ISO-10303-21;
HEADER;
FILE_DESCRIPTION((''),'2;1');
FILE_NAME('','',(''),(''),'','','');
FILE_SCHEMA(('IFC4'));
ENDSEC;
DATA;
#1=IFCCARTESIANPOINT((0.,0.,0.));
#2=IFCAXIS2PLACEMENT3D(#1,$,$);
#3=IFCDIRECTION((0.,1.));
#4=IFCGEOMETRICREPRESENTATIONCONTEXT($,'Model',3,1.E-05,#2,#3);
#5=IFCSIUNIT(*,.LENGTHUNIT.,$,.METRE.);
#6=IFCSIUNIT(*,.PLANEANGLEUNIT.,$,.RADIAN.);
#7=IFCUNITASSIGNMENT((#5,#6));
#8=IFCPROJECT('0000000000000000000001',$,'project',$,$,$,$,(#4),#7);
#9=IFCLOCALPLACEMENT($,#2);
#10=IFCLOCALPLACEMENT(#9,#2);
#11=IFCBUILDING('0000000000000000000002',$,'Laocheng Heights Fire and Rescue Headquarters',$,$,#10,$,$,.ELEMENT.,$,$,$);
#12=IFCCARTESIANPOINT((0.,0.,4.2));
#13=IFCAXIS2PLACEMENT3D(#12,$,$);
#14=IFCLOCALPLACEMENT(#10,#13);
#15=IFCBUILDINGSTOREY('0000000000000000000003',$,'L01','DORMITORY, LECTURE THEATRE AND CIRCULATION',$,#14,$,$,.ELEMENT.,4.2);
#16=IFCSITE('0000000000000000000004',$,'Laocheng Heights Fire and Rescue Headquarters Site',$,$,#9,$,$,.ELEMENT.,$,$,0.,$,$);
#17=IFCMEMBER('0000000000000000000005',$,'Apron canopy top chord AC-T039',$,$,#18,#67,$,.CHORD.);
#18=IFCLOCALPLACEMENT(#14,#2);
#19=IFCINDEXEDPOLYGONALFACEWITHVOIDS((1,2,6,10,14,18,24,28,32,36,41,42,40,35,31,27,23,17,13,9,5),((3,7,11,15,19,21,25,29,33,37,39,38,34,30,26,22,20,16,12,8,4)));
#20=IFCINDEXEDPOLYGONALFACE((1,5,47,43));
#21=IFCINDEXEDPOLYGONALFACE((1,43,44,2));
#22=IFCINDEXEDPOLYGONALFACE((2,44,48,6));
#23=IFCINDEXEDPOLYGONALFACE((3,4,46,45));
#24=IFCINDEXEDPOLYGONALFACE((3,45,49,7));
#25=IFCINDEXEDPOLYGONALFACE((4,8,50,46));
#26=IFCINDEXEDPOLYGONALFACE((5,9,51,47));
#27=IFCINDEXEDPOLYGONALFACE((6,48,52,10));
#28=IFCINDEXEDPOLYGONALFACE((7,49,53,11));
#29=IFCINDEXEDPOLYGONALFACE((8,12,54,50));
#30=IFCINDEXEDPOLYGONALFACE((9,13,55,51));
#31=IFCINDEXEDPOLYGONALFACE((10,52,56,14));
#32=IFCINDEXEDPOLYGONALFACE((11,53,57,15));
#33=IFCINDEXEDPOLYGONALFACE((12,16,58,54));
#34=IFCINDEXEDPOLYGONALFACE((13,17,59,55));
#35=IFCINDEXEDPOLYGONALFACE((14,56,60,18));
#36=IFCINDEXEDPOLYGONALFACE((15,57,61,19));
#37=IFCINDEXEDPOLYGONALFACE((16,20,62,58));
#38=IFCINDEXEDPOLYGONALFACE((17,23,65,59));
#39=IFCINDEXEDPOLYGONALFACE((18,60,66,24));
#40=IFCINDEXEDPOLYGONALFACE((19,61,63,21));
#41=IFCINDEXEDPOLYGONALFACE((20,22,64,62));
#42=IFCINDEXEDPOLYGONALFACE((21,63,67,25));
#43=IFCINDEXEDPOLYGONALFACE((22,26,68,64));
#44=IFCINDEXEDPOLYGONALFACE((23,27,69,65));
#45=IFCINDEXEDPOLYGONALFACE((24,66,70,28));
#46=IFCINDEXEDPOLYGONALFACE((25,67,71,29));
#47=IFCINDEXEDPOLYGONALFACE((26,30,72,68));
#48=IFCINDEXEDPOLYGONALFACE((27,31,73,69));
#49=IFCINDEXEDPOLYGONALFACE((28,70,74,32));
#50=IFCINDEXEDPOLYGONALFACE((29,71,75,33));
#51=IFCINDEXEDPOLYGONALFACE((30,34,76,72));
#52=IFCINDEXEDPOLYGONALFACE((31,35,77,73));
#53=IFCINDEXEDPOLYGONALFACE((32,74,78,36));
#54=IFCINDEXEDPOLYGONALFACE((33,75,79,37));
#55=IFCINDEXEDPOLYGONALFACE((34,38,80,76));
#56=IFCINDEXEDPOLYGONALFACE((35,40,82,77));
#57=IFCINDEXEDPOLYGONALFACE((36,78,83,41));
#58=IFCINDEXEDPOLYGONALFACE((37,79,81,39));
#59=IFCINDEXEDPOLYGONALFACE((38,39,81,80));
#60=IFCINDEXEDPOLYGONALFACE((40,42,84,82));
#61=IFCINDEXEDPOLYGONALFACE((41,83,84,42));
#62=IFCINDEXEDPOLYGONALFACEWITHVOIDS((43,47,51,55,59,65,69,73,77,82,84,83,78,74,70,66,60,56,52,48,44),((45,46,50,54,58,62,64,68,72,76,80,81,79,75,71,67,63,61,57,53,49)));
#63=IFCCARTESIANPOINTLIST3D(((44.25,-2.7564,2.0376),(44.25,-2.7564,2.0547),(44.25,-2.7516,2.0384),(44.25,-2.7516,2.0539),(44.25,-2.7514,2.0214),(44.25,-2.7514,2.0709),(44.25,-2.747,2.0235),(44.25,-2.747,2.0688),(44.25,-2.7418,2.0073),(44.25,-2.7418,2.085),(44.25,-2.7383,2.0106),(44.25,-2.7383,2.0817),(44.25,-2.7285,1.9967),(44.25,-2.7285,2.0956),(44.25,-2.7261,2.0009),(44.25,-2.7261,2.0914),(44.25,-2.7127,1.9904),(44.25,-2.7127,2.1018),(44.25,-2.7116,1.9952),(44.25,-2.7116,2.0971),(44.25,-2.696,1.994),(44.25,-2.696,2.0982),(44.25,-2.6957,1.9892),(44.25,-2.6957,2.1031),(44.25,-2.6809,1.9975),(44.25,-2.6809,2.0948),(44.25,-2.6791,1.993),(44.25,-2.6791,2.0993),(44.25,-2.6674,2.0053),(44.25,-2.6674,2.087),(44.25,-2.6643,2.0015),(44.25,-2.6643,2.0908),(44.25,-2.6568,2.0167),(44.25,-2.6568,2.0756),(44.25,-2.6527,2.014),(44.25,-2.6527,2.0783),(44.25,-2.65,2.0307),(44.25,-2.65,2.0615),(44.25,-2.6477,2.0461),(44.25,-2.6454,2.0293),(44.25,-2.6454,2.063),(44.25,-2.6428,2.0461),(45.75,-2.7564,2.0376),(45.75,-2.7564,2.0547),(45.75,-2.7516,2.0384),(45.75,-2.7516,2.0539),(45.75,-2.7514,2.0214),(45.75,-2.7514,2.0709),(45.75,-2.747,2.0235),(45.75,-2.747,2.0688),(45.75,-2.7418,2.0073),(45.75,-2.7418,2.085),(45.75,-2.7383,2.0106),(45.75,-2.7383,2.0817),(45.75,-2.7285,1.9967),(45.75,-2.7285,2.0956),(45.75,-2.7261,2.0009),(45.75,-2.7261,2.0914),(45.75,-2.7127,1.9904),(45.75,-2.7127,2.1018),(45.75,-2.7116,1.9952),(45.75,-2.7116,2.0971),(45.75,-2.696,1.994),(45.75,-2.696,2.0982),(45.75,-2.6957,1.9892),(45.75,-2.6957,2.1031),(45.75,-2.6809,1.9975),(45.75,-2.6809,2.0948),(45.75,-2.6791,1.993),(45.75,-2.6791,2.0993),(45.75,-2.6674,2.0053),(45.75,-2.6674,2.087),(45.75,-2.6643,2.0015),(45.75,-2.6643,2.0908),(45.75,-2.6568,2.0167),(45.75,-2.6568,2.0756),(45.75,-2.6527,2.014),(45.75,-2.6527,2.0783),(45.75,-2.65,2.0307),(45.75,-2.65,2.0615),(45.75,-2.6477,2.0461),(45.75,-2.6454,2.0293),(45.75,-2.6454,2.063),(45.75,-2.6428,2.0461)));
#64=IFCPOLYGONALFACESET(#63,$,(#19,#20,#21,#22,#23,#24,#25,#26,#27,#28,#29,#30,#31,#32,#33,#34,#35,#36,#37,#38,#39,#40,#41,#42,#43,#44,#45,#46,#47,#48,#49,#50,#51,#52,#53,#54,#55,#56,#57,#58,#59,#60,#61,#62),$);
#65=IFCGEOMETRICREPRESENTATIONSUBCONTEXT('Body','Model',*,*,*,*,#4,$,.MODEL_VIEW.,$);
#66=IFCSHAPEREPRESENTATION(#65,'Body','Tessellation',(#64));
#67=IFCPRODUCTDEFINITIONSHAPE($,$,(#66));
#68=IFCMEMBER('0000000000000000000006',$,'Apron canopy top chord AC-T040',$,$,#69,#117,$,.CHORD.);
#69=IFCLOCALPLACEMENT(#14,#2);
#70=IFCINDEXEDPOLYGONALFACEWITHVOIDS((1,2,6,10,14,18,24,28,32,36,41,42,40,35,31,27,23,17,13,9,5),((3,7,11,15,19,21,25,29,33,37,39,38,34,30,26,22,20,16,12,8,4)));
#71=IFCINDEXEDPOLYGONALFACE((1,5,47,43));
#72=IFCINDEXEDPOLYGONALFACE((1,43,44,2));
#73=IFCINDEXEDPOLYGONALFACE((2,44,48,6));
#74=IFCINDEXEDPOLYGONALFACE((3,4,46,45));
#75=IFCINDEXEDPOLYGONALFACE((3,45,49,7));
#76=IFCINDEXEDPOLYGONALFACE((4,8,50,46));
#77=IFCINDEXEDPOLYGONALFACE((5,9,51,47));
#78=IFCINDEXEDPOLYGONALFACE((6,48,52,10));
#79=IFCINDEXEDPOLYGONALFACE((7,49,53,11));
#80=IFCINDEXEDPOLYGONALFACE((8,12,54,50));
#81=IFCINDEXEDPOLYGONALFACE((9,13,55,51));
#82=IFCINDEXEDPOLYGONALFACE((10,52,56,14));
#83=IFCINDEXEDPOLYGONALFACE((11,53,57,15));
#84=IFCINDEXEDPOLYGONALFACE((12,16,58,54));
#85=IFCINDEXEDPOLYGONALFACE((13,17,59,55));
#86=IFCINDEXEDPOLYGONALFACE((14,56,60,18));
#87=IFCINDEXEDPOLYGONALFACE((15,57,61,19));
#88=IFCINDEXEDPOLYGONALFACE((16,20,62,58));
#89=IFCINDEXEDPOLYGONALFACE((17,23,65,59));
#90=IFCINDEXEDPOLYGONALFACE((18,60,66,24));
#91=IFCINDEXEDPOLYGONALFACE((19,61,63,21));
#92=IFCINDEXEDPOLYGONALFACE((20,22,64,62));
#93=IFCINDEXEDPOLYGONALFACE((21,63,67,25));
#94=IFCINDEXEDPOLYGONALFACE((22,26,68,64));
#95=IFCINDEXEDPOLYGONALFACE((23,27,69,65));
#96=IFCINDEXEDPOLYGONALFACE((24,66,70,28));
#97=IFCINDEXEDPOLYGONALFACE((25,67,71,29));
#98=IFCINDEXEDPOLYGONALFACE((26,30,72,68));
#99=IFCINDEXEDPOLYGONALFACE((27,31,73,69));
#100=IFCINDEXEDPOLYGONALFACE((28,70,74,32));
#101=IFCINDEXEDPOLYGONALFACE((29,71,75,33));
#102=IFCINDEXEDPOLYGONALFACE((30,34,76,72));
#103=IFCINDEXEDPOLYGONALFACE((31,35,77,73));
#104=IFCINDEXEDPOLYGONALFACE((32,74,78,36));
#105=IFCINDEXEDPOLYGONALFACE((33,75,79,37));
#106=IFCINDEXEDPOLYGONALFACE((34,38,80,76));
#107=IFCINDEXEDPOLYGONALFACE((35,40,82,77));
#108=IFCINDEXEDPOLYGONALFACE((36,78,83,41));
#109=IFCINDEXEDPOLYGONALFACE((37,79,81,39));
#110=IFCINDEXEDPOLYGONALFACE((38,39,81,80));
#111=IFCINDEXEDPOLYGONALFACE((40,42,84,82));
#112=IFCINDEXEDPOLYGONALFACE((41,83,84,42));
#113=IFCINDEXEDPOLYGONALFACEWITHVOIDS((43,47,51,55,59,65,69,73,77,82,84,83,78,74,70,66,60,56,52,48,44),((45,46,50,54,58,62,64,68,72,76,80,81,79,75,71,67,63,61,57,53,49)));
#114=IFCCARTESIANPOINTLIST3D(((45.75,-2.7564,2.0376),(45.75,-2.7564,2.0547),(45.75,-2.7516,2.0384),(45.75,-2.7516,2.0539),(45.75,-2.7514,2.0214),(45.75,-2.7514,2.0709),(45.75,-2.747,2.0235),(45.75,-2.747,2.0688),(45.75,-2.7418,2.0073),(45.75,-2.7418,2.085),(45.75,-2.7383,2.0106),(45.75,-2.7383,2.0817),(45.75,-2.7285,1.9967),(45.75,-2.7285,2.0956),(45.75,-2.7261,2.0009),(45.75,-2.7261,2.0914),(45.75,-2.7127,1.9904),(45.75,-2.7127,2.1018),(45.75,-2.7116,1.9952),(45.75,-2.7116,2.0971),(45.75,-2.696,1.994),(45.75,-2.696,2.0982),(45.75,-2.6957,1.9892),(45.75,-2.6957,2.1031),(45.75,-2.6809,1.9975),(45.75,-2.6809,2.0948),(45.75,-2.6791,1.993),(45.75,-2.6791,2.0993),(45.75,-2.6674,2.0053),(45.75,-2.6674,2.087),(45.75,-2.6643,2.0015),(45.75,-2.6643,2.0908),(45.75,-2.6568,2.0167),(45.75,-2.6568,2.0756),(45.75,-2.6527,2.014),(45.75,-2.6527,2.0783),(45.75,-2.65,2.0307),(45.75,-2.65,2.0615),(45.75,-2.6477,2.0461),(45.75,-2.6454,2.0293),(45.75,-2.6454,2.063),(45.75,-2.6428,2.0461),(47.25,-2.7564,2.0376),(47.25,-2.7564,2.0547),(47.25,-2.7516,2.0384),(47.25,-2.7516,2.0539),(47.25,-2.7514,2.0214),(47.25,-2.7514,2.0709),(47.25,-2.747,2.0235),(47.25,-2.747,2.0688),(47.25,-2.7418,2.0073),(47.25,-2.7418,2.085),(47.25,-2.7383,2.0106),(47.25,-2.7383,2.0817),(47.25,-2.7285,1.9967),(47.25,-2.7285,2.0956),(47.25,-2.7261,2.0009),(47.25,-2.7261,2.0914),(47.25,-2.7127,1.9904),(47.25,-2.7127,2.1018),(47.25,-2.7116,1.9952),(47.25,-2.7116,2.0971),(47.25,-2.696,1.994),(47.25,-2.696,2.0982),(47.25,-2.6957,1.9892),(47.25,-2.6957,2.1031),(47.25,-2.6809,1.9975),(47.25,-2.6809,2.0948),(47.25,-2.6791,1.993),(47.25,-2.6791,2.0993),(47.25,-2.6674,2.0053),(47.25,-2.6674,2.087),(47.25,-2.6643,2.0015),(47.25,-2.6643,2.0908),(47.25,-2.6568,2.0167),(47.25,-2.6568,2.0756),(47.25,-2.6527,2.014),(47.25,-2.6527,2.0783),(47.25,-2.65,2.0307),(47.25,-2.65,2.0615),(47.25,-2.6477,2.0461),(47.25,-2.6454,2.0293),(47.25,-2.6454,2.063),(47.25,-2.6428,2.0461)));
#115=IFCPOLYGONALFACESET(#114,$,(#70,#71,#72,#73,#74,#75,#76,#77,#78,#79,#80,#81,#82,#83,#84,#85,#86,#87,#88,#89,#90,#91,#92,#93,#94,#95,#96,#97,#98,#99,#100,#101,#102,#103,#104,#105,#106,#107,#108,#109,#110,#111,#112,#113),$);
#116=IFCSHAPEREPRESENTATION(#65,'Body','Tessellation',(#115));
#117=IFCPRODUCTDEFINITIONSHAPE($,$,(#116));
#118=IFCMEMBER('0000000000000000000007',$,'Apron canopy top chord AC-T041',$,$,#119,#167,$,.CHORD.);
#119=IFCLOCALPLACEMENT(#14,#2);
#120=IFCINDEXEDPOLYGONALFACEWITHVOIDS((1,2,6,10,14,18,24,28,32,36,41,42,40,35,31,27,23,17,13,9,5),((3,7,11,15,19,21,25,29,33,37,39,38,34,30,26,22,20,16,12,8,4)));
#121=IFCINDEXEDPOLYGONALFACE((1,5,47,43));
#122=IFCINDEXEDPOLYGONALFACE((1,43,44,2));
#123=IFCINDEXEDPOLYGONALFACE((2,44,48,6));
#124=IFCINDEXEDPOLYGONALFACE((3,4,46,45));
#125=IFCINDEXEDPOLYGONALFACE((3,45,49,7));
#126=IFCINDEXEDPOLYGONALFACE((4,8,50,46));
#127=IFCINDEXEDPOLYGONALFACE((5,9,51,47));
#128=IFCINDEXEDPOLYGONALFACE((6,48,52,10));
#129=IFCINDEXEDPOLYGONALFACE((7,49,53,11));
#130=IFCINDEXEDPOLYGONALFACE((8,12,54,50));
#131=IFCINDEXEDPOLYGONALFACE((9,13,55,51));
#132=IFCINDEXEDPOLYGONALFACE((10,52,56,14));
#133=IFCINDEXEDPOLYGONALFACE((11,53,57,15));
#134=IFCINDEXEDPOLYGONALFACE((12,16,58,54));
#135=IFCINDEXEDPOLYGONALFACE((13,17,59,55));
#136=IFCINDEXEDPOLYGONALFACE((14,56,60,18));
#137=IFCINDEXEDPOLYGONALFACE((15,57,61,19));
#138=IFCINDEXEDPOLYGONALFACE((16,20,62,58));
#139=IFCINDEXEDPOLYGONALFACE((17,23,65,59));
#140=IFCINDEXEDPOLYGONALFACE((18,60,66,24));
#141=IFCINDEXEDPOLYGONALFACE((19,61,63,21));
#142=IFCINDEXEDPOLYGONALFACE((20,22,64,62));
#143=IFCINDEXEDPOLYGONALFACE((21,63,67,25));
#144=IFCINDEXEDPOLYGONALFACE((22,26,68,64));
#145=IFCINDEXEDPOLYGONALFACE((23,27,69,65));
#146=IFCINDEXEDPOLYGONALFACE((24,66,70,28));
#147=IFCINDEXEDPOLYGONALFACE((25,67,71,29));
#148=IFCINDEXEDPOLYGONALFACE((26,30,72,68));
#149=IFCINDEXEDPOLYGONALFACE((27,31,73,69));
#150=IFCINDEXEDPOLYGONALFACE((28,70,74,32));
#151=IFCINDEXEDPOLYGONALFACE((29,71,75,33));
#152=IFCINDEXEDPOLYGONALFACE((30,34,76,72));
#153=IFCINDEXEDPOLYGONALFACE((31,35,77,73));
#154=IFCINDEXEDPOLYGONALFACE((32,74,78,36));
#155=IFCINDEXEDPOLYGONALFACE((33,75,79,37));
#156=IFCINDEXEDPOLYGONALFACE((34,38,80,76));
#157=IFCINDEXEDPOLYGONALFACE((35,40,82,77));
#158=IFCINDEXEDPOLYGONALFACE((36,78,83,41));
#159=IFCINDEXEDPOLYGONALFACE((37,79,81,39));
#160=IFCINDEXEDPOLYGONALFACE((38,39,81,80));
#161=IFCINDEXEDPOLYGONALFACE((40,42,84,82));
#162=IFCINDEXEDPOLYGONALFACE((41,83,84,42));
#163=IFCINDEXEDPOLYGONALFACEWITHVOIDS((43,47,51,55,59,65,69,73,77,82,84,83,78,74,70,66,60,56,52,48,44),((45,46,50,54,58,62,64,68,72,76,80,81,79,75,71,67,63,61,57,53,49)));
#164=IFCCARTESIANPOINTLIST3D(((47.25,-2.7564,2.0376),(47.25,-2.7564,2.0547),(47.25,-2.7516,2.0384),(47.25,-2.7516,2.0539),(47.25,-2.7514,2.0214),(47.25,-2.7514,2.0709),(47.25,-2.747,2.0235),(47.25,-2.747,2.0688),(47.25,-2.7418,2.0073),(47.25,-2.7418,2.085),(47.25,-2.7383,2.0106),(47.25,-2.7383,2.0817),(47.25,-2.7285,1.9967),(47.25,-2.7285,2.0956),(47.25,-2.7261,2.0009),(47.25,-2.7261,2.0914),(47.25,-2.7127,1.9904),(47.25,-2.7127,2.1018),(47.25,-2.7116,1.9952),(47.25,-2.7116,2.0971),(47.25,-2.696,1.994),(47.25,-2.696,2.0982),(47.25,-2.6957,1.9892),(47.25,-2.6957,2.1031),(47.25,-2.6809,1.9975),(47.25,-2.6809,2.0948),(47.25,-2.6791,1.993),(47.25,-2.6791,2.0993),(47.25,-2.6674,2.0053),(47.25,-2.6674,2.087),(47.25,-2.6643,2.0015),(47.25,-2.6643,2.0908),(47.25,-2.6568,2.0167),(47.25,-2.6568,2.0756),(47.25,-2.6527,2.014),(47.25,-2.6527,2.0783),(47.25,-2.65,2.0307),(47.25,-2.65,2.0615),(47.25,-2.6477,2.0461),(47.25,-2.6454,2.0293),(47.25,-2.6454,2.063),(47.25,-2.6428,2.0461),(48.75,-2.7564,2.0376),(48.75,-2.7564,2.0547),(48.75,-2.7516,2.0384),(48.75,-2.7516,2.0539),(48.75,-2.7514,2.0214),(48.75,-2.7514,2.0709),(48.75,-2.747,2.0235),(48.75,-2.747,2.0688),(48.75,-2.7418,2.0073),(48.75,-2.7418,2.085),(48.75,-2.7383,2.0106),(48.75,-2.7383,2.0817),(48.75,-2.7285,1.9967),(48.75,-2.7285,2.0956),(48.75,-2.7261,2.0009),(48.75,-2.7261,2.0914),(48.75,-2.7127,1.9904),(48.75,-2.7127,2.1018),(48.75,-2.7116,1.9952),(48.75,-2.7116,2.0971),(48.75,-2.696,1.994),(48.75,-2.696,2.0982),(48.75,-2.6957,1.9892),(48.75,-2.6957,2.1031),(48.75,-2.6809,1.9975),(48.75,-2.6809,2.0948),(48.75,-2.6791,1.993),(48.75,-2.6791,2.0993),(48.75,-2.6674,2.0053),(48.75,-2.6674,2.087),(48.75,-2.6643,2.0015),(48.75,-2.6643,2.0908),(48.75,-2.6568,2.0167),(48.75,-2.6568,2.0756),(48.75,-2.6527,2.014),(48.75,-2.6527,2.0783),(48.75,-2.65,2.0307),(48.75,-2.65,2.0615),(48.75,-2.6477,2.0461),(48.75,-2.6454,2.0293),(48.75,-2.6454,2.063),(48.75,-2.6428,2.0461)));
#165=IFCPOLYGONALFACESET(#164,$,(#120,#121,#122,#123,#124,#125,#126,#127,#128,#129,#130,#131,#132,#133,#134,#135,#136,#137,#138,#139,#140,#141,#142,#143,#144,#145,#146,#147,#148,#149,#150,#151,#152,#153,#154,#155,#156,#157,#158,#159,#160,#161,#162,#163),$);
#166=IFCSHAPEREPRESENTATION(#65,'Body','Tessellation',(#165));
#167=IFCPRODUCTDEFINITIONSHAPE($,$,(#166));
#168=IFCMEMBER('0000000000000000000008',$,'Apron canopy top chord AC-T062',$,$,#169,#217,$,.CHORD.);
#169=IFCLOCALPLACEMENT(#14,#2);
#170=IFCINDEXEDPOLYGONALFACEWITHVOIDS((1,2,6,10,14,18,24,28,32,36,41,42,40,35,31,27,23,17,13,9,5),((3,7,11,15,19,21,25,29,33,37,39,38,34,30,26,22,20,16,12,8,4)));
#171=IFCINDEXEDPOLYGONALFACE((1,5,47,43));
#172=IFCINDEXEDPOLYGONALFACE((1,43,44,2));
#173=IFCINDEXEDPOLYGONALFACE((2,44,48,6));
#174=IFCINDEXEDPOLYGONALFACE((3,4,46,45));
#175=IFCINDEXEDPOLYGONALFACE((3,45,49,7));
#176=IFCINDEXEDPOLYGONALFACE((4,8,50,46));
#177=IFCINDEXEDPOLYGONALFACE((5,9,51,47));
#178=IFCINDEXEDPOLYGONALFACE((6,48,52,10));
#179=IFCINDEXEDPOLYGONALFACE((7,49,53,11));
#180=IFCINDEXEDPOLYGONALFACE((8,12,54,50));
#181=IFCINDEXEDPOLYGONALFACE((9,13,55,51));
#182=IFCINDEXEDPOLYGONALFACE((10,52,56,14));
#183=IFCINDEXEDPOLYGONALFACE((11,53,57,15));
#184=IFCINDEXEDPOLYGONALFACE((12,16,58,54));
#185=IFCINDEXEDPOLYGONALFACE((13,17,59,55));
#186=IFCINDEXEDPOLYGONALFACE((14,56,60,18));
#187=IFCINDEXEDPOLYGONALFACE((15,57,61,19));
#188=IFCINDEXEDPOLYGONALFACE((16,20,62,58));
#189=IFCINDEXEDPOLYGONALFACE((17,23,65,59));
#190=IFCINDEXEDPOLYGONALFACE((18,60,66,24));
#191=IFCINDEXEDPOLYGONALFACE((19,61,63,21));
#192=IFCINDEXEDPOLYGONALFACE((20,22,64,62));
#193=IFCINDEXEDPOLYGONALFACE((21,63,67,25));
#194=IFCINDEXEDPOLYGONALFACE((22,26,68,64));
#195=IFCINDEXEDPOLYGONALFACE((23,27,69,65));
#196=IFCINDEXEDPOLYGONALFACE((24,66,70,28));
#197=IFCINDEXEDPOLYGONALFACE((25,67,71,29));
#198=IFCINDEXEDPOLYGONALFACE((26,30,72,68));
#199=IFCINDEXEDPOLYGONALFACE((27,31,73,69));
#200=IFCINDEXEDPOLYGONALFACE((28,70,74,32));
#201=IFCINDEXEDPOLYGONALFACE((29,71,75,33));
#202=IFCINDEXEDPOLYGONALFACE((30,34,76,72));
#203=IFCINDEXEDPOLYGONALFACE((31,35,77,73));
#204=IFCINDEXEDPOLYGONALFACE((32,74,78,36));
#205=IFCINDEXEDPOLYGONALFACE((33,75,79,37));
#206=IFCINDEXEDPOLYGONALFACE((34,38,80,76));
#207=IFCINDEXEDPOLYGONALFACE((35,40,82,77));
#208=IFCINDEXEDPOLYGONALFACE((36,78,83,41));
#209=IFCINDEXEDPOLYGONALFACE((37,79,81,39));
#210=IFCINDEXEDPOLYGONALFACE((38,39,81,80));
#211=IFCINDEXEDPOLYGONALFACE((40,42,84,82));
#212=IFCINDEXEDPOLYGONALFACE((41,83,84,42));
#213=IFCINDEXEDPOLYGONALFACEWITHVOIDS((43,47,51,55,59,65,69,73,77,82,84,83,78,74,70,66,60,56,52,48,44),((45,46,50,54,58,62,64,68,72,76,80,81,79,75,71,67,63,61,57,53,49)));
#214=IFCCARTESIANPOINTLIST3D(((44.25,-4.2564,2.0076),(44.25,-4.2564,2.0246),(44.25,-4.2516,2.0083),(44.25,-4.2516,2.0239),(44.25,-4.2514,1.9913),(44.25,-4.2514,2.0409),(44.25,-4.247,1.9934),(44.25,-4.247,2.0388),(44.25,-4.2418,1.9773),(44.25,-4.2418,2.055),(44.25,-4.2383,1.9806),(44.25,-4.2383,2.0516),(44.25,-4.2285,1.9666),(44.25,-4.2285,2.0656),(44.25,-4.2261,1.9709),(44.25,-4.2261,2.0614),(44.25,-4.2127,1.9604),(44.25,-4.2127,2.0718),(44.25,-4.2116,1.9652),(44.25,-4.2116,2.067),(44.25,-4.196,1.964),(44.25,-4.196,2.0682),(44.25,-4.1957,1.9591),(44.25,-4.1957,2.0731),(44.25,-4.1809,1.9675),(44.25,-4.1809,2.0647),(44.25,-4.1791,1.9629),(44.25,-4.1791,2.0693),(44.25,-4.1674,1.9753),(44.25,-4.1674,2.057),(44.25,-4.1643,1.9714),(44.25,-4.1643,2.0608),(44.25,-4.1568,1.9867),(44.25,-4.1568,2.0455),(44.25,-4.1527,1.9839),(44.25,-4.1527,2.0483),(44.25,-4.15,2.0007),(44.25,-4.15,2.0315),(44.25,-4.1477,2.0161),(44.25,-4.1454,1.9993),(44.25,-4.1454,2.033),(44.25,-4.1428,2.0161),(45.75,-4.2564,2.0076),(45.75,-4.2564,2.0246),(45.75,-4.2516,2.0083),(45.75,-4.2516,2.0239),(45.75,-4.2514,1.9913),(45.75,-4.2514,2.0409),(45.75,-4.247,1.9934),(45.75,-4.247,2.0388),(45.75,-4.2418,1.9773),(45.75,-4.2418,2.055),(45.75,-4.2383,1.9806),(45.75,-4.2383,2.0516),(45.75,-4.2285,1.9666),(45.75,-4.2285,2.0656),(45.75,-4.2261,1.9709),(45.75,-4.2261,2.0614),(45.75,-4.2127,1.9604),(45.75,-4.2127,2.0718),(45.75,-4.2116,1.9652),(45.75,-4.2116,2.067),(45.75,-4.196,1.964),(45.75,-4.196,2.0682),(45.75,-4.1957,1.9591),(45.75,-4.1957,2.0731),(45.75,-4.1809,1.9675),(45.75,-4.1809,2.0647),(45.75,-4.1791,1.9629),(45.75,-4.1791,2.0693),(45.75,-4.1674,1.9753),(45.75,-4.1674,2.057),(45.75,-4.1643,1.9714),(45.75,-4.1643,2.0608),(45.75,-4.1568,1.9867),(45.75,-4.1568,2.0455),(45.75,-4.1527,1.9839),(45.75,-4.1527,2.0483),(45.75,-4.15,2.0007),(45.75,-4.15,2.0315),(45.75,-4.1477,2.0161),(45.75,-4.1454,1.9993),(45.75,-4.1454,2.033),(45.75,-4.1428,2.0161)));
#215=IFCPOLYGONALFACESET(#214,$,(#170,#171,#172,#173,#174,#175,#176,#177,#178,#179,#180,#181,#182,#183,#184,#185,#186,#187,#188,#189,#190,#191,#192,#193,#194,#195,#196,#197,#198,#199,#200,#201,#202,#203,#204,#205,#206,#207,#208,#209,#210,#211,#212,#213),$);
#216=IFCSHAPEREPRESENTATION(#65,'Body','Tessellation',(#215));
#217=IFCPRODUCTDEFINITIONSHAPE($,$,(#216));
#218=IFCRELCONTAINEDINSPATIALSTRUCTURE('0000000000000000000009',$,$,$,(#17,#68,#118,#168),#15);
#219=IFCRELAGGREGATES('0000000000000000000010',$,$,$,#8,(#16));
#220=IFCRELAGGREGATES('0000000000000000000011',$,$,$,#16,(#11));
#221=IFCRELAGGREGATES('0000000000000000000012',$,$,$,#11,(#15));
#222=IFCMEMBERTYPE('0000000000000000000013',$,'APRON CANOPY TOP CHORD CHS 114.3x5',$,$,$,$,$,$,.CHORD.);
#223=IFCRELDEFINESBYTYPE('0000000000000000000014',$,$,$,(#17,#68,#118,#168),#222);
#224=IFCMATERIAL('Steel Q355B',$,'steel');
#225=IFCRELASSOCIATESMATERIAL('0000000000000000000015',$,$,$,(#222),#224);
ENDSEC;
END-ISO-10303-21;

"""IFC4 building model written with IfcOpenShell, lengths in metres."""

from ifc_helpers import new_model, si_unit, direction, frame, origin, origin_2d, place, context, subcontext, project, spatial, hollow_circle, extrude, material, material_profile, profile_set, type_object, element, save


model = new_model("IFC4")

# Units and contexts
model_context = context("Model", 3, precision=1e-05, world=origin(), true_north=direction((0.0, 1.0)))
body_context = subcontext(model_context, "Body", "Model", "MODEL_VIEW")
ifc_project = project(units=[si_unit("LENGTHUNIT", "METRE"), si_unit("PLANEANGLEUNIT", "RADIAN")], contexts=[model_context])

# Site, building, storey
site_placement = place(None, origin())
site = spatial("IfcSite", under=ifc_project, at=site_placement, Name="Laocheng Heights Fire and Rescue Headquarters Site", CompositionType="ELEMENT", RefElevation=0.0)
building_placement = place(site_placement, origin())
building = spatial("IfcBuilding", under=site, at=building_placement, Name="Laocheng Heights Fire and Rescue Headquarters", CompositionType="ELEMENT")
storey_placement = place(building_placement, frame((0.0, 0.0, 4.2)))
storey = spatial("IfcBuildingStorey", under=building, at=storey_placement, Name="L01", Description="DORMITORY, LECTURE THEATRE AND CIRCULATION", CompositionType="ELEMENT", Elevation=4.2)

# Members
ifc_material_1 = material(Name="Steel Q355B", Category="steel")
ifc_material_profile_1 = material_profile(ifc_material_1, hollow_circle(Radius=0.0571, WallThickness=0.0049, at=origin_2d()), Name="CHS 114.3x5")
ifc_profile_set_1 = profile_set([ifc_material_profile_1], Name="Steel Q355B")
member_type = type_object("IfcMemberType", Name="APRON CANOPY TOP CHORD CHS 114.3x5", PredefinedType="CHORD", material=ifc_profile_set_1)
for number, where, z_axis, x_axis, name in (
    (1, (44.25, -2.7, 2.0461), (1.0, 0.0, 0.0), (0.0, 1.0, 0.0), "Apron canopy top chord AC-T039"),
    (2, (45.75, -2.7, 2.0461), (1.0, 0.0, 0.0), (0.0, 1.0, 0.0), "Apron canopy top chord AC-T040"),
    (3, (47.25, -2.7, 2.0461), (1.0, 0.0, 0.0), (0.0, 1.0, 0.0), "Apron canopy top chord AC-T041"),
    (4, (44.25, -4.2, 2.0161), (1.0, 0.0, 0.0), (0.0, 1.0, 0.0), "Apron canopy top chord AC-T062"),
):
    element("IfcMember", number, at=place(storey_placement, frame(where, z_axis=z_axis, x_axis=x_axis)), inside=storey, type_object=member_type, Name=name, PredefinedType="CHORD", context=body_context, shape_type="SweptSolid", body=[
        extrude(hollow_circle(Radius=0.0571, WallThickness=0.0049, at=origin_2d()), origin(), (0.0, 0.0, 1.0), 1.5),
    ])

save(model, "model.ifc")
